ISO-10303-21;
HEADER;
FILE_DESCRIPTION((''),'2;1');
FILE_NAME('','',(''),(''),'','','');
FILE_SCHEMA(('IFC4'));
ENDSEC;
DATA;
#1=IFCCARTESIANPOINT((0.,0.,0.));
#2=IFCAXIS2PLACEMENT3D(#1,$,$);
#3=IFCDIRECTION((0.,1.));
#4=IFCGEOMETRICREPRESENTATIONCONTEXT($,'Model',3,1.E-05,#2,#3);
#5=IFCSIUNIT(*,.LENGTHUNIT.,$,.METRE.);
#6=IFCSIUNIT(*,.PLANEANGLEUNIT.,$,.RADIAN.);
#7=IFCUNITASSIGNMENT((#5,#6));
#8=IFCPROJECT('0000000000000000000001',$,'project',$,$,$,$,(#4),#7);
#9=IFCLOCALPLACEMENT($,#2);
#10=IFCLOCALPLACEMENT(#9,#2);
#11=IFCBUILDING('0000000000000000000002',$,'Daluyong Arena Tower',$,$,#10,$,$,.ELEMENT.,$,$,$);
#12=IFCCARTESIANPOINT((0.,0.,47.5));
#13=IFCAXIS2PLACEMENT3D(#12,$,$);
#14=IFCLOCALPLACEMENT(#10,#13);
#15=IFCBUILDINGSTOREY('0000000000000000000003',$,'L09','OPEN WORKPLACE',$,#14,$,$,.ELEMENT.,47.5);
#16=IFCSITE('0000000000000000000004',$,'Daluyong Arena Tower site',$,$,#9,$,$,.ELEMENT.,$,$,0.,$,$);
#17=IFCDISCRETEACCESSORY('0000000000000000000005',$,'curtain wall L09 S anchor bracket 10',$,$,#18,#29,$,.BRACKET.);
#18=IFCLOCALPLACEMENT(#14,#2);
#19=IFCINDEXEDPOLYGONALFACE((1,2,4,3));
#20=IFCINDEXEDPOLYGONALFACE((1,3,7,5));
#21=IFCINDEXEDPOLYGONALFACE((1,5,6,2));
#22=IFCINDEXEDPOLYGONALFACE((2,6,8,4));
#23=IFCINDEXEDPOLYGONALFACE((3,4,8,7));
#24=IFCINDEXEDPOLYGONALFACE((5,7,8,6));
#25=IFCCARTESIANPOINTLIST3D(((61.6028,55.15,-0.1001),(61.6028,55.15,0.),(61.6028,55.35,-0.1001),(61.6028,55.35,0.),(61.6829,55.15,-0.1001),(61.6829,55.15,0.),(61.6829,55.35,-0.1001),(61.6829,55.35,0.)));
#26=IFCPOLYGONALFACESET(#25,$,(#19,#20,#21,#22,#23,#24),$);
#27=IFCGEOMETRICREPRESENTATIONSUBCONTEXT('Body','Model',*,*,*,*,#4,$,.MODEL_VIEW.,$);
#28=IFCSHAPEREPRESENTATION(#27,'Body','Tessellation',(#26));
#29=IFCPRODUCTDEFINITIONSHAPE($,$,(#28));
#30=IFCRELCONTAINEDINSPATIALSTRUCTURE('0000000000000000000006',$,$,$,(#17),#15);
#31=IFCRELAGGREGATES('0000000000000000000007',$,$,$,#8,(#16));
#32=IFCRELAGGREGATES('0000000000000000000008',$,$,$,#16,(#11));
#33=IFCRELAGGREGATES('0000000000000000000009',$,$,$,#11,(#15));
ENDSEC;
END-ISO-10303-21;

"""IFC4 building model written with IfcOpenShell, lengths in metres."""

from ifc_helpers import new_model, si_unit, direction, frame, origin, origin_2d, place, context, subcontext, project, spatial, rectangle, extrude, element, save


model = new_model("IFC4")

# Units and contexts
model_context = context("Model", 3, precision=1e-05, world=origin(), true_north=direction((0.0, 1.0)))
body_context = subcontext(model_context, "Body", "Model", "MODEL_VIEW")
ifc_project = project(units=[si_unit("LENGTHUNIT", "METRE"), si_unit("PLANEANGLEUNIT", "RADIAN")], contexts=[model_context])

# Site, building, storey
site_placement = place(None, origin())
site = spatial("IfcSite", under=ifc_project, at=site_placement, Name="Daluyong Arena Tower site", CompositionType="ELEMENT", RefElevation=0.0)
building_placement = place(site_placement, origin())
building = spatial("IfcBuilding", under=site, at=building_placement, Name="Daluyong Arena Tower", CompositionType="ELEMENT")
storey_placement = place(building_placement, frame((0.0, 0.0, 47.5)))
storey = spatial("IfcBuildingStorey", under=building, at=storey_placement, Name="L09", Description="OPEN WORKPLACE", CompositionType="ELEMENT", Elevation=47.5)

# Discrete accessory
for number, where, z_axis, x_axis, name in (
    (1, (61.6428, 55.25, -0.1001), (0.0, 0.0, 1.0), (1.0, 0.0, 0.0), "curtain wall L09 S anchor bracket 10"),
):
    element("IfcDiscreteAccessory", number, at=place(storey_placement, frame(where, z_axis=z_axis, x_axis=x_axis)), inside=storey, Name=name, PredefinedType="BRACKET", context=body_context, shape_type="SweptSolid", body=[
        extrude(rectangle(XDim=0.0801, YDim=0.2, at=origin_2d()), origin(), (0.0, 0.0, 1.0), 0.1001),
    ])

save(model, "model.ifc")
